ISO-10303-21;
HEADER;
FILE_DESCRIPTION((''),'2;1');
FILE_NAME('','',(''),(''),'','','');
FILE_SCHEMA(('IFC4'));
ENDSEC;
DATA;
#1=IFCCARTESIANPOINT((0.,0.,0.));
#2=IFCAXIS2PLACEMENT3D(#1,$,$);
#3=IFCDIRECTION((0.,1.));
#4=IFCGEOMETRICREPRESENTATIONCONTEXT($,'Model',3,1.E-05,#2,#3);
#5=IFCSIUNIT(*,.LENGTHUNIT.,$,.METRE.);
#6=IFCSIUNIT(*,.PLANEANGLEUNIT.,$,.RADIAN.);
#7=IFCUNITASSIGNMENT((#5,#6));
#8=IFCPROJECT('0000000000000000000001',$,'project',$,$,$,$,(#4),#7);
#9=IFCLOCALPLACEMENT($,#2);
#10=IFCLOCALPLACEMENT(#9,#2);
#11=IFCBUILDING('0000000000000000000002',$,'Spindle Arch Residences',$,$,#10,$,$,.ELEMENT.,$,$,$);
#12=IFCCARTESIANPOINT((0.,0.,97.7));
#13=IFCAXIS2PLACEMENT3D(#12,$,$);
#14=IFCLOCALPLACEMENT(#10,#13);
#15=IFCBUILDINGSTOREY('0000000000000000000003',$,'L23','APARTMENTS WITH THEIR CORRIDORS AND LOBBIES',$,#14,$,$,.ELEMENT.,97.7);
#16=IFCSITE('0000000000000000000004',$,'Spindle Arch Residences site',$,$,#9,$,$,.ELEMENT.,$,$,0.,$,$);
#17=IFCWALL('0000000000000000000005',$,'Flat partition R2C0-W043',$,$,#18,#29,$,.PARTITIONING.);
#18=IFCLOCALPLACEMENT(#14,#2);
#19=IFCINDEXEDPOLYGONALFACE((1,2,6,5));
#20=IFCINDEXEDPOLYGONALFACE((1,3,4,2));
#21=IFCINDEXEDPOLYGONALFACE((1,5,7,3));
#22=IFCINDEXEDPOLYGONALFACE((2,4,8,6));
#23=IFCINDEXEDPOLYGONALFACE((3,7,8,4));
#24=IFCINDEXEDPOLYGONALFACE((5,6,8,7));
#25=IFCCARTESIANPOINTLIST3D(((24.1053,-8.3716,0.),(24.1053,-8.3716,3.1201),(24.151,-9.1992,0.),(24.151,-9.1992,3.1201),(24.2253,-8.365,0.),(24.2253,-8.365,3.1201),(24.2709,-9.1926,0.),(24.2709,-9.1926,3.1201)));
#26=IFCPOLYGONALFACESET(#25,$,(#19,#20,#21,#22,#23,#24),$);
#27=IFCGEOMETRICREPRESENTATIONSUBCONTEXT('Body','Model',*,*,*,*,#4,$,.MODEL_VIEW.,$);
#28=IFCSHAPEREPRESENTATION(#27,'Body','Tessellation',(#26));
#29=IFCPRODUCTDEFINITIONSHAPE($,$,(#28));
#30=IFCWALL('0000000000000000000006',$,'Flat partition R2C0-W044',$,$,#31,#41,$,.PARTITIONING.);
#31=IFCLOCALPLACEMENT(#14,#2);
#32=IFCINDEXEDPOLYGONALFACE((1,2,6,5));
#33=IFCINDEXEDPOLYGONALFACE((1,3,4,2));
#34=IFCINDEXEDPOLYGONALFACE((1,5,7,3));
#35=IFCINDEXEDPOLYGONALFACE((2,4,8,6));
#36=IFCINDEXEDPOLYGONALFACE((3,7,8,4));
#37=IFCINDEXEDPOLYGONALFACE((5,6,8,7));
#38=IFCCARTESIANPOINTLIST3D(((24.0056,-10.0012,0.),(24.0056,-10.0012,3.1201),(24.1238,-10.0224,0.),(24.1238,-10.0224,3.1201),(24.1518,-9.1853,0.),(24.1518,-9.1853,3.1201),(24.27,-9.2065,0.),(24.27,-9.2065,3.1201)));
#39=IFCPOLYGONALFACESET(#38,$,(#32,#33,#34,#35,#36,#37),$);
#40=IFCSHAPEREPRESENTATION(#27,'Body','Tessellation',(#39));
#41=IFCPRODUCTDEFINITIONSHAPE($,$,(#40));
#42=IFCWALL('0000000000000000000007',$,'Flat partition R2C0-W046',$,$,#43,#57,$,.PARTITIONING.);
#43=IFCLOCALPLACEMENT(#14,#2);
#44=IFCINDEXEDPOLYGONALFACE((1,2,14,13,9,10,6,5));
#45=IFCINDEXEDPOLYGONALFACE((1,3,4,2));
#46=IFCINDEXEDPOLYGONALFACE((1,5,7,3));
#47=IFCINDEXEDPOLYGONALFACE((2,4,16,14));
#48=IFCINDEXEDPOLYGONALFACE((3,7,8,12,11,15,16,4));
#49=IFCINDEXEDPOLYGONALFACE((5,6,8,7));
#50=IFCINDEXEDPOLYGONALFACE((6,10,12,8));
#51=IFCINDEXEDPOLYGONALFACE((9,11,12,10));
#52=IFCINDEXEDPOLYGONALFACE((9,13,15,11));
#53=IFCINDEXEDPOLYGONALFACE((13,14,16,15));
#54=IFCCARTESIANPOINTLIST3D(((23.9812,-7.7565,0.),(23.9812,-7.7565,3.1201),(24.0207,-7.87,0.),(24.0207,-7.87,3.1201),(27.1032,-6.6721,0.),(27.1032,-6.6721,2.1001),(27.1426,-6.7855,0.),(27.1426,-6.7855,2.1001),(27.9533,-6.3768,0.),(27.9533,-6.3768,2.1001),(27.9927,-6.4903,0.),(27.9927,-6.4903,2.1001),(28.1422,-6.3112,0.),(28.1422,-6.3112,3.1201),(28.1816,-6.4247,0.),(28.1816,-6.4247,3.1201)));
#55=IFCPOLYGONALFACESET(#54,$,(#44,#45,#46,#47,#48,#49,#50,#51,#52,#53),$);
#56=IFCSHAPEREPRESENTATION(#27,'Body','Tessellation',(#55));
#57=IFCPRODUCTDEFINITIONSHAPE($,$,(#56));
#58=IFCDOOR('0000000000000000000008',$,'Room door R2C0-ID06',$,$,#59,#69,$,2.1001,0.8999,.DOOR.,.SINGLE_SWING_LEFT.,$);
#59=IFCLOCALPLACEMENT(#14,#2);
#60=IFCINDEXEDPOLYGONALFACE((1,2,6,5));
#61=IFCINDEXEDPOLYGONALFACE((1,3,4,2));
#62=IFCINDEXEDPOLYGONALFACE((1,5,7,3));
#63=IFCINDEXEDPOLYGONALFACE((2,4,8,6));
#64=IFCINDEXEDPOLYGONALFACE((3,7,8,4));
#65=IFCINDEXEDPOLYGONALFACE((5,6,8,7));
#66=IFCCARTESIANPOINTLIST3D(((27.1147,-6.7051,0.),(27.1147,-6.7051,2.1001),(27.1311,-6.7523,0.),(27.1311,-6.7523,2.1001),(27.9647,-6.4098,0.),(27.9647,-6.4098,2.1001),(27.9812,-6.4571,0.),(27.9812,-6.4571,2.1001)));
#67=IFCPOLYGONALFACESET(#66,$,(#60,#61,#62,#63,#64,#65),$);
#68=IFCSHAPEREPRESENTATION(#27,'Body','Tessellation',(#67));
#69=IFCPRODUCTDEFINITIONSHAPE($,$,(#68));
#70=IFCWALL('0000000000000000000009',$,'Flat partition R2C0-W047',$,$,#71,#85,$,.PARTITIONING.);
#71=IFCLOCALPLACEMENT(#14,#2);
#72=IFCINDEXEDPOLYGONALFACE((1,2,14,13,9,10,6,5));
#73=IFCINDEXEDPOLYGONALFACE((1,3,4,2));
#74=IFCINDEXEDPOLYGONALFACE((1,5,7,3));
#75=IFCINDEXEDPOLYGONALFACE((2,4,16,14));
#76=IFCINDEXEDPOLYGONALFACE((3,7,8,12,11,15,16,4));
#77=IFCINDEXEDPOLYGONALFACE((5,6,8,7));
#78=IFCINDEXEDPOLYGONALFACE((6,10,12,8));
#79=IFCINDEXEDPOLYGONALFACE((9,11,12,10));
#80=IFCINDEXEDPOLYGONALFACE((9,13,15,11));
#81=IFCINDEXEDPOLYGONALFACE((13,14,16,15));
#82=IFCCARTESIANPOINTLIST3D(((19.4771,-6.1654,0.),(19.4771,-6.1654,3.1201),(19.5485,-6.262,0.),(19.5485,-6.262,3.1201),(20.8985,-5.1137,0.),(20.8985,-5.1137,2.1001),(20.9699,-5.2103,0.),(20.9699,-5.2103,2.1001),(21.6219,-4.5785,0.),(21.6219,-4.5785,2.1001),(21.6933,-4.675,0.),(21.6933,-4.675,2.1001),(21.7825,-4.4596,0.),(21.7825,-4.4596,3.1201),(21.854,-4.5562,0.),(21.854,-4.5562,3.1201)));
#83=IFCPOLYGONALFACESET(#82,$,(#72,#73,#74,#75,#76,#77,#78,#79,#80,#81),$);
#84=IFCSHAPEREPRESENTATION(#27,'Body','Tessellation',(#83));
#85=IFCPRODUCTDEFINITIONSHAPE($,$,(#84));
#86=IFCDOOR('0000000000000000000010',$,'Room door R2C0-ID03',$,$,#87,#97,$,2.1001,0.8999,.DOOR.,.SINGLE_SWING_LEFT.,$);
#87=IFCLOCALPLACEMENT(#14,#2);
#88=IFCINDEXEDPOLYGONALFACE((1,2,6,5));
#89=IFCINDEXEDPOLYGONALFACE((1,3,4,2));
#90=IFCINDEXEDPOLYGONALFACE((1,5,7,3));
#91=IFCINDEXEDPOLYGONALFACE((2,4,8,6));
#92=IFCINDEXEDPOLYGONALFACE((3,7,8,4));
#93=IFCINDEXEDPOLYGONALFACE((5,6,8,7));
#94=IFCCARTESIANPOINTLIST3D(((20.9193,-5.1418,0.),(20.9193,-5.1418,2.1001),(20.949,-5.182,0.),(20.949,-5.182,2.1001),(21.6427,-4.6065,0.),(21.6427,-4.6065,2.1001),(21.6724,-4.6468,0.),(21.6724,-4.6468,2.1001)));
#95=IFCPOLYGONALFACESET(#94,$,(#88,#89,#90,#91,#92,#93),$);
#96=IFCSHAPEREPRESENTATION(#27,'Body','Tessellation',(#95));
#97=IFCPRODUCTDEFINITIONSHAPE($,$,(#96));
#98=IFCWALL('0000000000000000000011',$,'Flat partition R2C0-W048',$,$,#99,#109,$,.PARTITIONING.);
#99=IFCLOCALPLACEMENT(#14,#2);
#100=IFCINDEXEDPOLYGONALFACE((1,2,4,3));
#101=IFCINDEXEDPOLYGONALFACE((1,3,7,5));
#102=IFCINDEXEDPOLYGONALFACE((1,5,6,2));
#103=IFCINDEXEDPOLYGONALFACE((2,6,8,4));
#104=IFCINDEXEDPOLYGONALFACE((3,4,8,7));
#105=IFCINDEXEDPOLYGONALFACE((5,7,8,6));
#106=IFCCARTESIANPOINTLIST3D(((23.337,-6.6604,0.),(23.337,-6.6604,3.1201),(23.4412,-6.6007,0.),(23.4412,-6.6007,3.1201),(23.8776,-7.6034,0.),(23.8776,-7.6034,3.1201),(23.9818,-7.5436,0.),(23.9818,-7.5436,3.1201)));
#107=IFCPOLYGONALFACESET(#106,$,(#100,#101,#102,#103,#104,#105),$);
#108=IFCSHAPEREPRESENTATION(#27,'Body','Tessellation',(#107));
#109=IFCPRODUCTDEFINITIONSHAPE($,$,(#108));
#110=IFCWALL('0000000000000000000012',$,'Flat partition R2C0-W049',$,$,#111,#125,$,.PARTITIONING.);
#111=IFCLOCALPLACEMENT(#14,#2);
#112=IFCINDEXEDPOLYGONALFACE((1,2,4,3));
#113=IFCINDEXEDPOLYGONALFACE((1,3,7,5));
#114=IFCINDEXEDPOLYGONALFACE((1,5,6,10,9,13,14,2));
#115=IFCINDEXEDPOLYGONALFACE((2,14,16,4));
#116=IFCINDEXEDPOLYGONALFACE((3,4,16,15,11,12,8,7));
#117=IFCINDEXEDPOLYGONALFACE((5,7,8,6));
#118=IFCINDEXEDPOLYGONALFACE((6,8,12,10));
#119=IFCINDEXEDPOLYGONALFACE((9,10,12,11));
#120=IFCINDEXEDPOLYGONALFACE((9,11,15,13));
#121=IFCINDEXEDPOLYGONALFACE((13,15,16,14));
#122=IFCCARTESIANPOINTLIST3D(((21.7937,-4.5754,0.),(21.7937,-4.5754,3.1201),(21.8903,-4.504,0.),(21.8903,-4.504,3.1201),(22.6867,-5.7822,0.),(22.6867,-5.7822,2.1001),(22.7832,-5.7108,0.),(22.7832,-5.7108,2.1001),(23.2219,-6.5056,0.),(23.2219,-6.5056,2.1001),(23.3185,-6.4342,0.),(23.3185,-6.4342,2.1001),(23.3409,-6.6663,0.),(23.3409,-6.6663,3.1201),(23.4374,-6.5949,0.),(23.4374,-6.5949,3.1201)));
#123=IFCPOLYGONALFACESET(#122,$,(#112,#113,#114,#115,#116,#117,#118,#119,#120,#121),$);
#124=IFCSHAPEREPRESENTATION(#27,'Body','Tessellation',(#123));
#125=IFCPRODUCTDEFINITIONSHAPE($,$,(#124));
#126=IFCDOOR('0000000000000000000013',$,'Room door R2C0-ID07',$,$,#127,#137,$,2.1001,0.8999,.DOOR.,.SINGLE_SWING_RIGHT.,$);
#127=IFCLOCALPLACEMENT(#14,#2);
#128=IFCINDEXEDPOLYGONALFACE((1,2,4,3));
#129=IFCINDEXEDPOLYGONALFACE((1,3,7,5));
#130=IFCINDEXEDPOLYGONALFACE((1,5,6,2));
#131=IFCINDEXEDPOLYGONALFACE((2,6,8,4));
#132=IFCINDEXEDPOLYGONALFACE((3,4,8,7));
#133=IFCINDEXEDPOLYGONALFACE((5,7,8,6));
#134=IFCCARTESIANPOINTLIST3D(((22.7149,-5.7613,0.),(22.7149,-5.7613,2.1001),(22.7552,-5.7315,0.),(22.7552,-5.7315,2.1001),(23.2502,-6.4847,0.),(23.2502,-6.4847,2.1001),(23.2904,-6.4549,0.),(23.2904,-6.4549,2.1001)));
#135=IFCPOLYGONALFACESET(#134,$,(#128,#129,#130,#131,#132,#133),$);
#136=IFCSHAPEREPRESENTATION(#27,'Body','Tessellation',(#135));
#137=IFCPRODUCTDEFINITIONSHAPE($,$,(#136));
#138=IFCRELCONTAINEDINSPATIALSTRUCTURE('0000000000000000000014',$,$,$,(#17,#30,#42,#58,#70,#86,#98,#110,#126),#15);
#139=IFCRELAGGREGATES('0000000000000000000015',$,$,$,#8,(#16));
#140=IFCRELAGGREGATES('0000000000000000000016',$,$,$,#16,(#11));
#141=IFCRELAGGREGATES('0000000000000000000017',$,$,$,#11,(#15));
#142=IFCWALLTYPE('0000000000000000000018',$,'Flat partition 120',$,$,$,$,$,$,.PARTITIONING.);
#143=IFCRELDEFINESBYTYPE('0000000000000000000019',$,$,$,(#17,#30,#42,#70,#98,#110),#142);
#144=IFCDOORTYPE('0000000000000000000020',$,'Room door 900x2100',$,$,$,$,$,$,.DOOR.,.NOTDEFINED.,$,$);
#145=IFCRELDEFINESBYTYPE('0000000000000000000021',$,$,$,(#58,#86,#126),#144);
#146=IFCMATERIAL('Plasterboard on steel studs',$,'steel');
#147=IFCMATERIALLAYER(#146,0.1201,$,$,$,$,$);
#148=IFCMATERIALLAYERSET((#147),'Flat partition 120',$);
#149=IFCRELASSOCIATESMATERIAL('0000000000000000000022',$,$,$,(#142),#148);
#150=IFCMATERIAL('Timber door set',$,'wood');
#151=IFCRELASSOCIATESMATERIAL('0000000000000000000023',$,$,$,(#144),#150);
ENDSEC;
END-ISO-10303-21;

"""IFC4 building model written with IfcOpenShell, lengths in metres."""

from ifc_helpers import new_model, si_unit, direction, frame, frame_2d, origin, place, context, subcontext, project, spatial, rectangle, extrude, material, layer, layer_set, type_object, element, fill, save


model = new_model("IFC4")

# Units and contexts
model_context = context("Model", 3, precision=1e-05, world=origin(), true_north=direction((0.0, 1.0)))
body_context = subcontext(model_context, "Body", "Model", "MODEL_VIEW")
ifc_project = project(units=[si_unit("LENGTHUNIT", "METRE"), si_unit("PLANEANGLEUNIT", "RADIAN")], contexts=[model_context])

# Site, building, storey
site_placement = place(None, origin())
site = spatial("IfcSite", under=ifc_project, at=site_placement, Name="Spindle Arch Residences site", CompositionType="ELEMENT", RefElevation=0.0)
building_placement = place(site_placement, origin())
building = spatial("IfcBuilding", under=site, at=building_placement, Name="Spindle Arch Residences", CompositionType="ELEMENT")
storey_placement = place(building_placement, frame((0.0, 0.0, 97.7)))
storey = spatial("IfcBuildingStorey", under=building, at=storey_placement, Name="L23", Description="APARTMENTS WITH THEIR CORRIDORS AND LOBBIES", CompositionType="ELEMENT", Elevation=97.7)

# Shared definitions
ifc_material_1 = material(Name="Plasterboard on steel studs", Category="steel")
ifc_layer_1 = layer(ifc_material_1, 0.1201)
ifc_layer_set_1 = layer_set([ifc_layer_1], Name="Flat partition 120")
wall_type = type_object("IfcWallType", Name="Flat partition 120", PredefinedType="PARTITIONING", material=ifc_layer_set_1)
ifc_material_2 = material(Name="Timber door set", Category="wood")
door_type = type_object("IfcDoorType", Name="Room door 900x2100", OperationType="NOTDEFINED", PredefinedType="DOOR", material=ifc_material_2)

# Walls
for number, where, z_axis, x_axis, name in (
    (1, (24.1653, -8.3682, 0.0), (0.0, 0.0, 1.0), (0.055079, -0.998482, 0.0), "Flat partition R2C0-W043"),
    (2, (24.2109, -9.1958, 0.0), (0.0, 0.0, 1.0), (-0.176423, -0.984315, 0.0), "Flat partition R2C0-W044"),
):
    element("IfcWall", number, at=place(storey_placement, frame(where, z_axis=z_axis, x_axis=x_axis)), inside=storey, type_object=wall_type, Name=name, PredefinedType="PARTITIONING", context=body_context, shape_type="SweptSolid", body=[
        extrude(rectangle(XDim=0.8289, YDim=0.1201, at=frame_2d((0.4146, 0.0))), origin(), (0.0, 0.0, 1.0), 3.1201),
    ])

# Walls, openings, doors
wall_1_placement = place(storey_placement, frame((28.1619, -6.3679, 0.0), z_axis=(0.0, 0.0, 1.0), x_axis=(-0.944634, -0.328125, 0.0)))
wall_1 = element("IfcWall", 3, at=wall_1_placement, inside=storey, type_object=wall_type, Name="Flat partition R2C0-W046", PredefinedType="PARTITIONING", context=body_context, shape_type="SweptSolid", body=[
    extrude(rectangle(XDim=4.4048, YDim=0.1201, at=frame_2d((2.2024, 0.0))), origin(), (0.0, 0.0, 1.0), 3.1201),
])
opening_1_placement = place(wall_1_placement, frame((0.2, 0.0, 0.0)))
opening_1 = element("IfcOpeningElement", 4, at=opening_1_placement, cuts=wall_1, PredefinedType="OPENING", context=body_context, shape_type="SweptSolid", body=[
    extrude(rectangle(XDim=0.8999, YDim=2.1001, at=frame_2d((0.45, 1.05))), frame((0.0, 0.0701, 0.0), z_axis=(0.0, -1.0, 0.0), x_axis=(1.0, 0.0, 0.0)), (0.0, 0.0, 1.0), 0.1401),
])
door_1_placement = place(opening_1_placement, origin())
door_1 = element("IfcDoor", 5, at=door_1_placement, inside=storey, type_object=door_type, Name="Room door R2C0-ID06", OperationType="SINGLE_SWING_LEFT", OverallHeight=2.1001, OverallWidth=0.8999, PredefinedType="DOOR", context=body_context, shape_type="SweptSolid", body=[
    extrude(rectangle(XDim=0.8999, YDim=2.1001, at=frame_2d((0.45, 1.05))), frame((0.0, 0.0249, 0.0), z_axis=(0.0, -1.0, 0.0), x_axis=(1.0, 0.0, 0.0)), (0.0, 0.0, 1.0), 0.05),
])
fill(opening_1, door_1)
wall_2_placement = place(storey_placement, frame((21.8184, -4.5078, 0.0), z_axis=(0.0, 0.0, 1.0), x_axis=(-0.803875, -0.594798, 0.0)))
wall_2 = element("IfcWall", 6, at=wall_2_placement, inside=storey, type_object=wall_type, Name="Flat partition R2C0-W047", PredefinedType="PARTITIONING", context=body_context, shape_type="SweptSolid", body=[
    extrude(rectangle(XDim=2.8679, YDim=0.1201, at=frame_2d((1.4341, 0.0))), origin(), (0.0, 0.0, 1.0), 3.1201),
])
opening_2_placement = place(wall_2_placement, frame((0.2, 0.0, 0.0)))
opening_2 = element("IfcOpeningElement", 7, at=opening_2_placement, cuts=wall_2, PredefinedType="OPENING", context=body_context, shape_type="SweptSolid", body=[
    extrude(rectangle(XDim=0.8999, YDim=2.1001, at=frame_2d((0.45, 1.05))), frame((0.0, 0.0701, 0.0), z_axis=(0.0, -1.0, 0.0), x_axis=(1.0, 0.0, 0.0)), (0.0, 0.0, 1.0), 0.1401),
])
door_2_placement = place(opening_2_placement, origin())
door_2 = element("IfcDoor", 8, at=door_2_placement, inside=storey, type_object=door_type, Name="Room door R2C0-ID03", OperationType="SINGLE_SWING_LEFT", OverallHeight=2.1001, OverallWidth=0.8999, PredefinedType="DOOR", context=body_context, shape_type="SweptSolid", body=[
    extrude(rectangle(XDim=0.8999, YDim=2.1001, at=frame_2d((0.45, 1.05))), frame((0.0, 0.0249, 0.0), z_axis=(0.0, -1.0, 0.0), x_axis=(1.0, 0.0, 0.0)), (0.0, 0.0, 1.0), 0.05),
])
fill(opening_2, door_2)

# Wall
wall_3_placement = place(storey_placement, frame((23.9297, -7.5735, 0.0), z_axis=(0.0, 0.0, 1.0), x_axis=(-0.497348, 0.867551, 0.0)))
element("IfcWall", 9, at=wall_3_placement, inside=storey, type_object=wall_type, Name="Flat partition R2C0-W048", PredefinedType="PARTITIONING", context=body_context, shape_type="SweptSolid", body=[
    extrude(rectangle(XDim=1.0869, YDim=0.1201, at=frame_2d((0.5435, 0.0))), origin(), (0.0, 0.0, 1.0), 3.1201),
])

# Wall, opening, door
wall_4_placement = place(storey_placement, frame((23.3892, -6.6306, 0.0), z_axis=(0.0, 0.0, 1.0), x_axis=(-0.594821, 0.803858, 0.0)))
wall_4 = element("IfcWall", 10, at=wall_4_placement, inside=storey, type_object=wall_type, Name="Flat partition R2C0-W049", PredefinedType="PARTITIONING", context=body_context, shape_type="SweptSolid", body=[
    extrude(rectangle(XDim=2.6011, YDim=0.1201, at=frame_2d((1.3005, 0.0))), origin(), (0.0, 0.0, 1.0), 3.1201),
])
opening_3_placement = place(wall_4_placement, frame((0.2, 0.0, 0.0)))
opening_3 = element("IfcOpeningElement", 11, at=opening_3_placement, cuts=wall_4, PredefinedType="OPENING", context=body_context, shape_type="SweptSolid", body=[
    extrude(rectangle(XDim=0.8999, YDim=2.1001, at=frame_2d((0.45, 1.05))), frame((0.0, 0.0701, 0.0), z_axis=(0.0, -1.0, 0.0), x_axis=(1.0, 0.0, 0.0)), (0.0, 0.0, 1.0), 0.1401),
])
door_3_placement = place(opening_3_placement, origin())
door_3 = element("IfcDoor", 12, at=door_3_placement, inside=storey, type_object=door_type, Name="Room door R2C0-ID07", OperationType="SINGLE_SWING_RIGHT", OverallHeight=2.1001, OverallWidth=0.8999, PredefinedType="DOOR", context=body_context, shape_type="SweptSolid", body=[
    extrude(rectangle(XDim=0.8999, YDim=2.1001, at=frame_2d((0.45, 1.05))), frame((0.0, 0.0249, 0.0), z_axis=(0.0, -1.0, 0.0), x_axis=(1.0, 0.0, 0.0)), (0.0, 0.0, 1.0), 0.05),
])
fill(opening_3, door_3)

save(model, "model.ifc")
